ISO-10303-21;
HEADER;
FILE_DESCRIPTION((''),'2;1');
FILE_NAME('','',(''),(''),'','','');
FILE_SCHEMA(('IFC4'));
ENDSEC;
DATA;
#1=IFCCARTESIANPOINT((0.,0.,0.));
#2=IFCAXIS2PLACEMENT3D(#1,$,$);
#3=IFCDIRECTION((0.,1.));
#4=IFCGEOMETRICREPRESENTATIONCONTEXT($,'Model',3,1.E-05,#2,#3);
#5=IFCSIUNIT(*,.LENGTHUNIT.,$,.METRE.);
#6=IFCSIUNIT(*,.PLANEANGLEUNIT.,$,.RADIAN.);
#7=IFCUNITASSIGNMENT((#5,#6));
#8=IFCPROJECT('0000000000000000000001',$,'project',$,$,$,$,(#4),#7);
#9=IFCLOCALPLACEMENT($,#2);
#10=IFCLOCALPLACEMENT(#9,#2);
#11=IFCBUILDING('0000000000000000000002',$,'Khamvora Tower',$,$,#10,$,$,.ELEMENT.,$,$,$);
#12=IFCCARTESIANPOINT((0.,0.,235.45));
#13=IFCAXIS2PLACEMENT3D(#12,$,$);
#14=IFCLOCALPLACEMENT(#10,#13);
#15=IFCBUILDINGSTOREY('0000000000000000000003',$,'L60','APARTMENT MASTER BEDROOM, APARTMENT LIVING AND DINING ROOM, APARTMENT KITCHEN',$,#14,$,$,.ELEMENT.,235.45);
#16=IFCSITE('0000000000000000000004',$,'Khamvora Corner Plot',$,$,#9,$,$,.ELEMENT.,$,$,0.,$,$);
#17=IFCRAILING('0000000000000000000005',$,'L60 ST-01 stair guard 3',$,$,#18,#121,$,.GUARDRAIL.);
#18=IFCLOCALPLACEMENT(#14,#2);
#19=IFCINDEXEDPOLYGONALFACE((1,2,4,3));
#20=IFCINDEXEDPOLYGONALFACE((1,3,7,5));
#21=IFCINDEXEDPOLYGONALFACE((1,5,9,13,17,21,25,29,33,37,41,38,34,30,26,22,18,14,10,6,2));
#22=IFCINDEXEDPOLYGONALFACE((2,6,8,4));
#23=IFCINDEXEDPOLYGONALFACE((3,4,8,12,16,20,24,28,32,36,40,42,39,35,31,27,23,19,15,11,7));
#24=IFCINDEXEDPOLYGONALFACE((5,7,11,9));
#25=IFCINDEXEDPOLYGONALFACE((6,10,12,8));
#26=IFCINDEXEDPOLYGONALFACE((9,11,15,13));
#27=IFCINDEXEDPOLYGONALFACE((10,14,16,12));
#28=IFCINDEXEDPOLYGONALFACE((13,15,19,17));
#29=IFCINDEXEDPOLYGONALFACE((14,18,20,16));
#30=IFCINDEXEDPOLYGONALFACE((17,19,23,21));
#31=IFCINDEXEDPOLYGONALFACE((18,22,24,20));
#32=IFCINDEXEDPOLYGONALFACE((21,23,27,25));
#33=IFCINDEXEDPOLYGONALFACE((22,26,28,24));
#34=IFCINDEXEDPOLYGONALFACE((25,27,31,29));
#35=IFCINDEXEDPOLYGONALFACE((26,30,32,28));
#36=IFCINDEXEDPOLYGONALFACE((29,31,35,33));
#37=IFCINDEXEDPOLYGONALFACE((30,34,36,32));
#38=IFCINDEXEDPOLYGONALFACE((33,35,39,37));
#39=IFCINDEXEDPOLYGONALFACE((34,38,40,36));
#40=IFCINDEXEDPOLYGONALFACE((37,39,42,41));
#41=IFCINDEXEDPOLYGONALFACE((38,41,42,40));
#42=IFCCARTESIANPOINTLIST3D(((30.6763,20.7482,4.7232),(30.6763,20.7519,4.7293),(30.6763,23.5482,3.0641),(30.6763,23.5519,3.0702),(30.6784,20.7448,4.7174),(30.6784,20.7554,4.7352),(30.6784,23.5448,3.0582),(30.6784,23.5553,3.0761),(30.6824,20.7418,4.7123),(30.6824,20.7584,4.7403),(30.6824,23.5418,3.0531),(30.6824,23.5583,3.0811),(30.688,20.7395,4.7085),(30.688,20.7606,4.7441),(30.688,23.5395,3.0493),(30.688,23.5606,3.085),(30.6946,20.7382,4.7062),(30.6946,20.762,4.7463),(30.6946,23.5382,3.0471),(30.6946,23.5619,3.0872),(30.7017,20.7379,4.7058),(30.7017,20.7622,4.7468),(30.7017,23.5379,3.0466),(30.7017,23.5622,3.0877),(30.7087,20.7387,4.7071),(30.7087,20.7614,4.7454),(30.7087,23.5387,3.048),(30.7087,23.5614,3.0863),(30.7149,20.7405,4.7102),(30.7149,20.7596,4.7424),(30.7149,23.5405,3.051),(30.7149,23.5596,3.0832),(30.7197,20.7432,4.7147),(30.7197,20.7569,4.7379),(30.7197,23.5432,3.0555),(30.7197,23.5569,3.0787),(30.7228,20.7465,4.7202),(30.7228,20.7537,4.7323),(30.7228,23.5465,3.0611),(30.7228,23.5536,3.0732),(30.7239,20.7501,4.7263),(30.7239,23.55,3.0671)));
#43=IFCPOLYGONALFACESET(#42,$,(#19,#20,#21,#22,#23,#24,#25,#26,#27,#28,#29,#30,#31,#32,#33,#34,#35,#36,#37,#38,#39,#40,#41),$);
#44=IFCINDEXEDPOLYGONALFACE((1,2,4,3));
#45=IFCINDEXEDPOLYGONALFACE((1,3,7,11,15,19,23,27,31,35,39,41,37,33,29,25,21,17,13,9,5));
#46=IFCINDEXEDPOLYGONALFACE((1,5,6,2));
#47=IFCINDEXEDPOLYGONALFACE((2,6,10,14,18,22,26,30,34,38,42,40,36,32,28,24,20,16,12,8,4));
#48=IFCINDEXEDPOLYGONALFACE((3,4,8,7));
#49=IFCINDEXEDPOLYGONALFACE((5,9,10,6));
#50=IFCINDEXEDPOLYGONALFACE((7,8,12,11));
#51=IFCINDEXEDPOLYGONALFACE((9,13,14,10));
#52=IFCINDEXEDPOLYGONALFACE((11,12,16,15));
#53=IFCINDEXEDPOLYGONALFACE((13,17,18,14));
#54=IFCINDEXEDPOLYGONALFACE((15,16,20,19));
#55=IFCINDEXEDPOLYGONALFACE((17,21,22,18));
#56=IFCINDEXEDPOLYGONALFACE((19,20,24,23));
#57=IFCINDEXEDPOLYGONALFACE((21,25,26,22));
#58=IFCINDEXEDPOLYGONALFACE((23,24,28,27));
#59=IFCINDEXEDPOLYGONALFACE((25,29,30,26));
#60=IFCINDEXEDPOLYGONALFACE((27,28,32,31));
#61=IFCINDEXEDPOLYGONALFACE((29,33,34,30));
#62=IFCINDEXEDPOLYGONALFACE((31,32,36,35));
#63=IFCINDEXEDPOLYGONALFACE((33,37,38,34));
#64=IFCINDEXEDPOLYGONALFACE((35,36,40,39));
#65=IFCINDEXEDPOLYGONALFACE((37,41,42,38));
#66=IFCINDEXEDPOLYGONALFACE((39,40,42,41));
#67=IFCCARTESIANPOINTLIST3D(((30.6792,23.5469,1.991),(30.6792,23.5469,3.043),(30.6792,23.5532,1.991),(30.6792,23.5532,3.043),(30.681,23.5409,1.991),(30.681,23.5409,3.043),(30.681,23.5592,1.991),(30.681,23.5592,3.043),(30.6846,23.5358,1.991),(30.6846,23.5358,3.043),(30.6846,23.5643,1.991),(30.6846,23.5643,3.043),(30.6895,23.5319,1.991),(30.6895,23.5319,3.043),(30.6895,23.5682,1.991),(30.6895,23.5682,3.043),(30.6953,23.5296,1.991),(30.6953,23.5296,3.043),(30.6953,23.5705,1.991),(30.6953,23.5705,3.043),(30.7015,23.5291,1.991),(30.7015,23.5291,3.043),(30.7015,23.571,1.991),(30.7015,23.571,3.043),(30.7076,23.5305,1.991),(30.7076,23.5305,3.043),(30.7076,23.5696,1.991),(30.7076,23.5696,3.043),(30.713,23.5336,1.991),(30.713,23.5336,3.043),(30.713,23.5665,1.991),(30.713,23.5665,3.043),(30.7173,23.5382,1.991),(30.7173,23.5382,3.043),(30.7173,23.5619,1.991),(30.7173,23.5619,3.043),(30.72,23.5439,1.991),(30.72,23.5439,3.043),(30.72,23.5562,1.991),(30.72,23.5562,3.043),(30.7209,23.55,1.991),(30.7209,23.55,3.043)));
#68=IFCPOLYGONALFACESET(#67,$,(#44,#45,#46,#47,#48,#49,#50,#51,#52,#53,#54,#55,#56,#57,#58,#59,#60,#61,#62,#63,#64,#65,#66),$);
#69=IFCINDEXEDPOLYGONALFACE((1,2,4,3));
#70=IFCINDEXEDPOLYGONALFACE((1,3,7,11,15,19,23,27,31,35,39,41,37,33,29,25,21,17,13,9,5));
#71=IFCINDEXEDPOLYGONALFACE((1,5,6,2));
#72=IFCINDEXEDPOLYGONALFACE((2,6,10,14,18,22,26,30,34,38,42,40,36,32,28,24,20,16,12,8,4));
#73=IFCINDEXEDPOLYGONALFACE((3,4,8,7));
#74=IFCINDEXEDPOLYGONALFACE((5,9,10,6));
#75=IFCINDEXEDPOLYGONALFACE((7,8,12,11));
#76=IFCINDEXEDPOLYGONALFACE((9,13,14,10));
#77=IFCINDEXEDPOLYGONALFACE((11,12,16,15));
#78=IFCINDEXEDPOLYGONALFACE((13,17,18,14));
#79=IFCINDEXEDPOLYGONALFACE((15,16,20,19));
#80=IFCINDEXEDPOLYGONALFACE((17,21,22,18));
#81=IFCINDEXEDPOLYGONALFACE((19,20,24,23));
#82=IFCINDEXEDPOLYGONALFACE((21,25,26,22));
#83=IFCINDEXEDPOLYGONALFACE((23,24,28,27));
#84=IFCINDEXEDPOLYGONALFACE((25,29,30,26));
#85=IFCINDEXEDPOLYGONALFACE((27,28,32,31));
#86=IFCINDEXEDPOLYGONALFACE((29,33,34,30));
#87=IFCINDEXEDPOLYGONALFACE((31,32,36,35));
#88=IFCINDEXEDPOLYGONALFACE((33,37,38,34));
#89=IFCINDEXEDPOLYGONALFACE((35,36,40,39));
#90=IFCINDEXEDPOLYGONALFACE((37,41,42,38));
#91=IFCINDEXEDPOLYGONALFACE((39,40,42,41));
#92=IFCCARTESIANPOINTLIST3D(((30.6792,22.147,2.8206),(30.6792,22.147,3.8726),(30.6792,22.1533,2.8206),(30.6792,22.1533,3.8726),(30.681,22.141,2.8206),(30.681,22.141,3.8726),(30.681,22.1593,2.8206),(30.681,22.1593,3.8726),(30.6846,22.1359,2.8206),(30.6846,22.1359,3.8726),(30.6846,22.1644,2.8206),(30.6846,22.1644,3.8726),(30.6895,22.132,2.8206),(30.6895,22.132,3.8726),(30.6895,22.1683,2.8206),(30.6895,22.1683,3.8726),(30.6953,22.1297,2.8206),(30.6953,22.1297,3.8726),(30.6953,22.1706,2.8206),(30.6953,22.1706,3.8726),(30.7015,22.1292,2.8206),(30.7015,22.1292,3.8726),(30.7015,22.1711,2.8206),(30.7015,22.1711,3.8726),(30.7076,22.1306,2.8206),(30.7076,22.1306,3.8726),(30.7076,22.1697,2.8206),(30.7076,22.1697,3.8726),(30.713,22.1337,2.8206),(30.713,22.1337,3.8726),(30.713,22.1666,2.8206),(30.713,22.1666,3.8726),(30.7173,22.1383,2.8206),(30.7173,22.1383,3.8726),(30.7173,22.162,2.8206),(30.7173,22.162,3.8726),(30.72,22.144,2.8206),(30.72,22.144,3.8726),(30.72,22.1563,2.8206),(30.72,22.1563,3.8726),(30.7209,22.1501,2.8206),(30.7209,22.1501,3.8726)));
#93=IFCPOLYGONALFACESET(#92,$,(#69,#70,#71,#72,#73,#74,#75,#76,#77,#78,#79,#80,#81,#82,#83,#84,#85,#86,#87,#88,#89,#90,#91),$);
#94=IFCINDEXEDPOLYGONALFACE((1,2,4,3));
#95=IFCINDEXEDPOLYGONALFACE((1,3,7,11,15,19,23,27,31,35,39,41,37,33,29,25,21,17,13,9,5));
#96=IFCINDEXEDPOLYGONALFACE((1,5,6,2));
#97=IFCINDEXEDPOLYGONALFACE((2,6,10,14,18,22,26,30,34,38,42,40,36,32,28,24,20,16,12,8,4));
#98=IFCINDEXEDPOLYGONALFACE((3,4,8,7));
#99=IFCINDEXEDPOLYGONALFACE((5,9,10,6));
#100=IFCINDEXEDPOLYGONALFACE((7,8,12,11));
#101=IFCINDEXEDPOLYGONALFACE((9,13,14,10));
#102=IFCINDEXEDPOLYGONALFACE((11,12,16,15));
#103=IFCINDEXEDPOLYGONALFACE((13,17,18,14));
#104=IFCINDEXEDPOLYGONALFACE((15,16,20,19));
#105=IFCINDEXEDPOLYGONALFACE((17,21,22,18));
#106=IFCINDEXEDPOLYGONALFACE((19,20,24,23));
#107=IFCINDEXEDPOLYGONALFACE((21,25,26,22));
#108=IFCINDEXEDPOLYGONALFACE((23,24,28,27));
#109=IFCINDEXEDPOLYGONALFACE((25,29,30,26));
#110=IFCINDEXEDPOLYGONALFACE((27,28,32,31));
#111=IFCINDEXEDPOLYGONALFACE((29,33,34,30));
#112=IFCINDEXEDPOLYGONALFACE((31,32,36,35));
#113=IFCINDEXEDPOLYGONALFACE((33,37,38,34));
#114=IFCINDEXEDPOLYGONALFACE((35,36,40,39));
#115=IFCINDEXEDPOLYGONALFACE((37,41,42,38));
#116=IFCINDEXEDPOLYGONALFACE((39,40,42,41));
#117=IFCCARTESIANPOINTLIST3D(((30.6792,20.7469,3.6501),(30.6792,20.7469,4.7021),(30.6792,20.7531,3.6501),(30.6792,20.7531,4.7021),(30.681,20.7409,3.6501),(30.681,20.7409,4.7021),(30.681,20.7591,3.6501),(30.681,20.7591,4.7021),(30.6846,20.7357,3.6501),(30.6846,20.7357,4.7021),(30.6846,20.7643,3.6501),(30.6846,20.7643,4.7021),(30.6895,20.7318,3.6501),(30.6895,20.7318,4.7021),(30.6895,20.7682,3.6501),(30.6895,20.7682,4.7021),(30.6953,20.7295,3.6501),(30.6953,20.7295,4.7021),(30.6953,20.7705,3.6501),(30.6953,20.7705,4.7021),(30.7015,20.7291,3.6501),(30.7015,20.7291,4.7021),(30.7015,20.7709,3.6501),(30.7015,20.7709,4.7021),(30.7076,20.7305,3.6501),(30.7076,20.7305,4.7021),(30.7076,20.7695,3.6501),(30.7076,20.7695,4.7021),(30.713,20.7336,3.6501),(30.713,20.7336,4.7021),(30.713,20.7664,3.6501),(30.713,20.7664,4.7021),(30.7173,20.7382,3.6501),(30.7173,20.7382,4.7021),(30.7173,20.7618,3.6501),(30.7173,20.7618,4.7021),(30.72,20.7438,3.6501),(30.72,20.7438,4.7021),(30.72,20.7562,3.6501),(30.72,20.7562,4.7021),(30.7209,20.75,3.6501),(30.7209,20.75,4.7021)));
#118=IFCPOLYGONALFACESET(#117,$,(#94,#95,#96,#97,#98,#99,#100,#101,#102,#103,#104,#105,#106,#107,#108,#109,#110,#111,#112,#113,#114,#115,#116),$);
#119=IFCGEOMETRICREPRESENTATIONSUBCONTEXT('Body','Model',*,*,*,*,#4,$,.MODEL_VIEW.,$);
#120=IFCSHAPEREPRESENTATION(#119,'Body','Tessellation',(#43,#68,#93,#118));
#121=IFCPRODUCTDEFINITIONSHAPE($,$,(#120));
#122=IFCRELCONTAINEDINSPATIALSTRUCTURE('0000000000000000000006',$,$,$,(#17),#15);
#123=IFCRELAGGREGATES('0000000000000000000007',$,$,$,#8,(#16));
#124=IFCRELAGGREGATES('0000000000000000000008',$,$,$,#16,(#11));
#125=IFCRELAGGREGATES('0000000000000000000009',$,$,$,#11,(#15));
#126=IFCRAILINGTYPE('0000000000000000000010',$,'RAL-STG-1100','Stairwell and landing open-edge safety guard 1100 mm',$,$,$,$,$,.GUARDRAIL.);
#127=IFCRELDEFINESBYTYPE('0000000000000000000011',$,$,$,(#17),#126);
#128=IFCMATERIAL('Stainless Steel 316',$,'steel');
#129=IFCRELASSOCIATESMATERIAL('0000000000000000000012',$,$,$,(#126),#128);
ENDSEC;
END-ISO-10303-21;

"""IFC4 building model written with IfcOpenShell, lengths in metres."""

from ifc_helpers import new_model, si_unit, direction, frame, origin, origin_2d, place, context, subcontext, project, spatial, circle, extrude, material, type_object, element, save


model = new_model("IFC4")

# Units and contexts
model_context = context("Model", 3, precision=1e-05, world=origin(), true_north=direction((0.0, 1.0)))
body_context = subcontext(model_context, "Body", "Model", "MODEL_VIEW")
ifc_project = project(units=[si_unit("LENGTHUNIT", "METRE"), si_unit("PLANEANGLEUNIT", "RADIAN")], contexts=[model_context])

# Site, building, storey
site_placement = place(None, origin())
site = spatial("IfcSite", under=ifc_project, at=site_placement, Name="Khamvora Corner Plot", CompositionType="ELEMENT", RefElevation=0.0)
building_placement = place(site_placement, origin())
building = spatial("IfcBuilding", under=site, at=building_placement, Name="Khamvora Tower", CompositionType="ELEMENT")
storey_placement = place(building_placement, frame((0.0, 0.0, 235.45)))
storey = spatial("IfcBuildingStorey", under=building, at=storey_placement, Name="L60", Description="APARTMENT MASTER BEDROOM, APARTMENT LIVING AND DINING ROOM, APARTMENT KITCHEN", CompositionType="ELEMENT", Elevation=235.45)

# Railing
ifc_material_1 = material(Name="Stainless Steel 316", Category="steel")
railing_type_1 = type_object("IfcRailingType", Name="RAL-STG-1100", Description="Stairwell and landing open-edge safety guard 1100 mm", PredefinedType="GUARDRAIL", material=ifc_material_1)
railing_1_placement = place(storey_placement, frame((30.7, 23.55, 1.991)))
element("IfcRailing", 1, at=railing_1_placement, inside=storey, type_object=railing_type_1, Name="L60 ST-01 stair guard 3", PredefinedType="GUARDRAIL", context=body_context, shape_type="SweptSolid", body=[
    extrude(circle(Radius=0.0239, at=origin_2d()), frame((0.0, 0.0, 1.0762), z_axis=(0.0, -0.860306, 0.509778), x_axis=(1.0, 0.0, 0.0)), (0.0, 0.0, 1.0), 3.2546),
    extrude(circle(Radius=0.021, at=origin_2d()), origin(), (0.0, 0.0, 1.0), 1.052),
    extrude(circle(Radius=0.021, at=origin_2d()), frame((0.0, -1.3999, 0.8296)), (0.0, 0.0, 1.0), 1.052),
    extrude(circle(Radius=0.021, at=origin_2d()), frame((0.0, -2.8, 1.6592)), (0.0, 0.0, 1.0), 1.052),
])

save(model, "model.ifc")
